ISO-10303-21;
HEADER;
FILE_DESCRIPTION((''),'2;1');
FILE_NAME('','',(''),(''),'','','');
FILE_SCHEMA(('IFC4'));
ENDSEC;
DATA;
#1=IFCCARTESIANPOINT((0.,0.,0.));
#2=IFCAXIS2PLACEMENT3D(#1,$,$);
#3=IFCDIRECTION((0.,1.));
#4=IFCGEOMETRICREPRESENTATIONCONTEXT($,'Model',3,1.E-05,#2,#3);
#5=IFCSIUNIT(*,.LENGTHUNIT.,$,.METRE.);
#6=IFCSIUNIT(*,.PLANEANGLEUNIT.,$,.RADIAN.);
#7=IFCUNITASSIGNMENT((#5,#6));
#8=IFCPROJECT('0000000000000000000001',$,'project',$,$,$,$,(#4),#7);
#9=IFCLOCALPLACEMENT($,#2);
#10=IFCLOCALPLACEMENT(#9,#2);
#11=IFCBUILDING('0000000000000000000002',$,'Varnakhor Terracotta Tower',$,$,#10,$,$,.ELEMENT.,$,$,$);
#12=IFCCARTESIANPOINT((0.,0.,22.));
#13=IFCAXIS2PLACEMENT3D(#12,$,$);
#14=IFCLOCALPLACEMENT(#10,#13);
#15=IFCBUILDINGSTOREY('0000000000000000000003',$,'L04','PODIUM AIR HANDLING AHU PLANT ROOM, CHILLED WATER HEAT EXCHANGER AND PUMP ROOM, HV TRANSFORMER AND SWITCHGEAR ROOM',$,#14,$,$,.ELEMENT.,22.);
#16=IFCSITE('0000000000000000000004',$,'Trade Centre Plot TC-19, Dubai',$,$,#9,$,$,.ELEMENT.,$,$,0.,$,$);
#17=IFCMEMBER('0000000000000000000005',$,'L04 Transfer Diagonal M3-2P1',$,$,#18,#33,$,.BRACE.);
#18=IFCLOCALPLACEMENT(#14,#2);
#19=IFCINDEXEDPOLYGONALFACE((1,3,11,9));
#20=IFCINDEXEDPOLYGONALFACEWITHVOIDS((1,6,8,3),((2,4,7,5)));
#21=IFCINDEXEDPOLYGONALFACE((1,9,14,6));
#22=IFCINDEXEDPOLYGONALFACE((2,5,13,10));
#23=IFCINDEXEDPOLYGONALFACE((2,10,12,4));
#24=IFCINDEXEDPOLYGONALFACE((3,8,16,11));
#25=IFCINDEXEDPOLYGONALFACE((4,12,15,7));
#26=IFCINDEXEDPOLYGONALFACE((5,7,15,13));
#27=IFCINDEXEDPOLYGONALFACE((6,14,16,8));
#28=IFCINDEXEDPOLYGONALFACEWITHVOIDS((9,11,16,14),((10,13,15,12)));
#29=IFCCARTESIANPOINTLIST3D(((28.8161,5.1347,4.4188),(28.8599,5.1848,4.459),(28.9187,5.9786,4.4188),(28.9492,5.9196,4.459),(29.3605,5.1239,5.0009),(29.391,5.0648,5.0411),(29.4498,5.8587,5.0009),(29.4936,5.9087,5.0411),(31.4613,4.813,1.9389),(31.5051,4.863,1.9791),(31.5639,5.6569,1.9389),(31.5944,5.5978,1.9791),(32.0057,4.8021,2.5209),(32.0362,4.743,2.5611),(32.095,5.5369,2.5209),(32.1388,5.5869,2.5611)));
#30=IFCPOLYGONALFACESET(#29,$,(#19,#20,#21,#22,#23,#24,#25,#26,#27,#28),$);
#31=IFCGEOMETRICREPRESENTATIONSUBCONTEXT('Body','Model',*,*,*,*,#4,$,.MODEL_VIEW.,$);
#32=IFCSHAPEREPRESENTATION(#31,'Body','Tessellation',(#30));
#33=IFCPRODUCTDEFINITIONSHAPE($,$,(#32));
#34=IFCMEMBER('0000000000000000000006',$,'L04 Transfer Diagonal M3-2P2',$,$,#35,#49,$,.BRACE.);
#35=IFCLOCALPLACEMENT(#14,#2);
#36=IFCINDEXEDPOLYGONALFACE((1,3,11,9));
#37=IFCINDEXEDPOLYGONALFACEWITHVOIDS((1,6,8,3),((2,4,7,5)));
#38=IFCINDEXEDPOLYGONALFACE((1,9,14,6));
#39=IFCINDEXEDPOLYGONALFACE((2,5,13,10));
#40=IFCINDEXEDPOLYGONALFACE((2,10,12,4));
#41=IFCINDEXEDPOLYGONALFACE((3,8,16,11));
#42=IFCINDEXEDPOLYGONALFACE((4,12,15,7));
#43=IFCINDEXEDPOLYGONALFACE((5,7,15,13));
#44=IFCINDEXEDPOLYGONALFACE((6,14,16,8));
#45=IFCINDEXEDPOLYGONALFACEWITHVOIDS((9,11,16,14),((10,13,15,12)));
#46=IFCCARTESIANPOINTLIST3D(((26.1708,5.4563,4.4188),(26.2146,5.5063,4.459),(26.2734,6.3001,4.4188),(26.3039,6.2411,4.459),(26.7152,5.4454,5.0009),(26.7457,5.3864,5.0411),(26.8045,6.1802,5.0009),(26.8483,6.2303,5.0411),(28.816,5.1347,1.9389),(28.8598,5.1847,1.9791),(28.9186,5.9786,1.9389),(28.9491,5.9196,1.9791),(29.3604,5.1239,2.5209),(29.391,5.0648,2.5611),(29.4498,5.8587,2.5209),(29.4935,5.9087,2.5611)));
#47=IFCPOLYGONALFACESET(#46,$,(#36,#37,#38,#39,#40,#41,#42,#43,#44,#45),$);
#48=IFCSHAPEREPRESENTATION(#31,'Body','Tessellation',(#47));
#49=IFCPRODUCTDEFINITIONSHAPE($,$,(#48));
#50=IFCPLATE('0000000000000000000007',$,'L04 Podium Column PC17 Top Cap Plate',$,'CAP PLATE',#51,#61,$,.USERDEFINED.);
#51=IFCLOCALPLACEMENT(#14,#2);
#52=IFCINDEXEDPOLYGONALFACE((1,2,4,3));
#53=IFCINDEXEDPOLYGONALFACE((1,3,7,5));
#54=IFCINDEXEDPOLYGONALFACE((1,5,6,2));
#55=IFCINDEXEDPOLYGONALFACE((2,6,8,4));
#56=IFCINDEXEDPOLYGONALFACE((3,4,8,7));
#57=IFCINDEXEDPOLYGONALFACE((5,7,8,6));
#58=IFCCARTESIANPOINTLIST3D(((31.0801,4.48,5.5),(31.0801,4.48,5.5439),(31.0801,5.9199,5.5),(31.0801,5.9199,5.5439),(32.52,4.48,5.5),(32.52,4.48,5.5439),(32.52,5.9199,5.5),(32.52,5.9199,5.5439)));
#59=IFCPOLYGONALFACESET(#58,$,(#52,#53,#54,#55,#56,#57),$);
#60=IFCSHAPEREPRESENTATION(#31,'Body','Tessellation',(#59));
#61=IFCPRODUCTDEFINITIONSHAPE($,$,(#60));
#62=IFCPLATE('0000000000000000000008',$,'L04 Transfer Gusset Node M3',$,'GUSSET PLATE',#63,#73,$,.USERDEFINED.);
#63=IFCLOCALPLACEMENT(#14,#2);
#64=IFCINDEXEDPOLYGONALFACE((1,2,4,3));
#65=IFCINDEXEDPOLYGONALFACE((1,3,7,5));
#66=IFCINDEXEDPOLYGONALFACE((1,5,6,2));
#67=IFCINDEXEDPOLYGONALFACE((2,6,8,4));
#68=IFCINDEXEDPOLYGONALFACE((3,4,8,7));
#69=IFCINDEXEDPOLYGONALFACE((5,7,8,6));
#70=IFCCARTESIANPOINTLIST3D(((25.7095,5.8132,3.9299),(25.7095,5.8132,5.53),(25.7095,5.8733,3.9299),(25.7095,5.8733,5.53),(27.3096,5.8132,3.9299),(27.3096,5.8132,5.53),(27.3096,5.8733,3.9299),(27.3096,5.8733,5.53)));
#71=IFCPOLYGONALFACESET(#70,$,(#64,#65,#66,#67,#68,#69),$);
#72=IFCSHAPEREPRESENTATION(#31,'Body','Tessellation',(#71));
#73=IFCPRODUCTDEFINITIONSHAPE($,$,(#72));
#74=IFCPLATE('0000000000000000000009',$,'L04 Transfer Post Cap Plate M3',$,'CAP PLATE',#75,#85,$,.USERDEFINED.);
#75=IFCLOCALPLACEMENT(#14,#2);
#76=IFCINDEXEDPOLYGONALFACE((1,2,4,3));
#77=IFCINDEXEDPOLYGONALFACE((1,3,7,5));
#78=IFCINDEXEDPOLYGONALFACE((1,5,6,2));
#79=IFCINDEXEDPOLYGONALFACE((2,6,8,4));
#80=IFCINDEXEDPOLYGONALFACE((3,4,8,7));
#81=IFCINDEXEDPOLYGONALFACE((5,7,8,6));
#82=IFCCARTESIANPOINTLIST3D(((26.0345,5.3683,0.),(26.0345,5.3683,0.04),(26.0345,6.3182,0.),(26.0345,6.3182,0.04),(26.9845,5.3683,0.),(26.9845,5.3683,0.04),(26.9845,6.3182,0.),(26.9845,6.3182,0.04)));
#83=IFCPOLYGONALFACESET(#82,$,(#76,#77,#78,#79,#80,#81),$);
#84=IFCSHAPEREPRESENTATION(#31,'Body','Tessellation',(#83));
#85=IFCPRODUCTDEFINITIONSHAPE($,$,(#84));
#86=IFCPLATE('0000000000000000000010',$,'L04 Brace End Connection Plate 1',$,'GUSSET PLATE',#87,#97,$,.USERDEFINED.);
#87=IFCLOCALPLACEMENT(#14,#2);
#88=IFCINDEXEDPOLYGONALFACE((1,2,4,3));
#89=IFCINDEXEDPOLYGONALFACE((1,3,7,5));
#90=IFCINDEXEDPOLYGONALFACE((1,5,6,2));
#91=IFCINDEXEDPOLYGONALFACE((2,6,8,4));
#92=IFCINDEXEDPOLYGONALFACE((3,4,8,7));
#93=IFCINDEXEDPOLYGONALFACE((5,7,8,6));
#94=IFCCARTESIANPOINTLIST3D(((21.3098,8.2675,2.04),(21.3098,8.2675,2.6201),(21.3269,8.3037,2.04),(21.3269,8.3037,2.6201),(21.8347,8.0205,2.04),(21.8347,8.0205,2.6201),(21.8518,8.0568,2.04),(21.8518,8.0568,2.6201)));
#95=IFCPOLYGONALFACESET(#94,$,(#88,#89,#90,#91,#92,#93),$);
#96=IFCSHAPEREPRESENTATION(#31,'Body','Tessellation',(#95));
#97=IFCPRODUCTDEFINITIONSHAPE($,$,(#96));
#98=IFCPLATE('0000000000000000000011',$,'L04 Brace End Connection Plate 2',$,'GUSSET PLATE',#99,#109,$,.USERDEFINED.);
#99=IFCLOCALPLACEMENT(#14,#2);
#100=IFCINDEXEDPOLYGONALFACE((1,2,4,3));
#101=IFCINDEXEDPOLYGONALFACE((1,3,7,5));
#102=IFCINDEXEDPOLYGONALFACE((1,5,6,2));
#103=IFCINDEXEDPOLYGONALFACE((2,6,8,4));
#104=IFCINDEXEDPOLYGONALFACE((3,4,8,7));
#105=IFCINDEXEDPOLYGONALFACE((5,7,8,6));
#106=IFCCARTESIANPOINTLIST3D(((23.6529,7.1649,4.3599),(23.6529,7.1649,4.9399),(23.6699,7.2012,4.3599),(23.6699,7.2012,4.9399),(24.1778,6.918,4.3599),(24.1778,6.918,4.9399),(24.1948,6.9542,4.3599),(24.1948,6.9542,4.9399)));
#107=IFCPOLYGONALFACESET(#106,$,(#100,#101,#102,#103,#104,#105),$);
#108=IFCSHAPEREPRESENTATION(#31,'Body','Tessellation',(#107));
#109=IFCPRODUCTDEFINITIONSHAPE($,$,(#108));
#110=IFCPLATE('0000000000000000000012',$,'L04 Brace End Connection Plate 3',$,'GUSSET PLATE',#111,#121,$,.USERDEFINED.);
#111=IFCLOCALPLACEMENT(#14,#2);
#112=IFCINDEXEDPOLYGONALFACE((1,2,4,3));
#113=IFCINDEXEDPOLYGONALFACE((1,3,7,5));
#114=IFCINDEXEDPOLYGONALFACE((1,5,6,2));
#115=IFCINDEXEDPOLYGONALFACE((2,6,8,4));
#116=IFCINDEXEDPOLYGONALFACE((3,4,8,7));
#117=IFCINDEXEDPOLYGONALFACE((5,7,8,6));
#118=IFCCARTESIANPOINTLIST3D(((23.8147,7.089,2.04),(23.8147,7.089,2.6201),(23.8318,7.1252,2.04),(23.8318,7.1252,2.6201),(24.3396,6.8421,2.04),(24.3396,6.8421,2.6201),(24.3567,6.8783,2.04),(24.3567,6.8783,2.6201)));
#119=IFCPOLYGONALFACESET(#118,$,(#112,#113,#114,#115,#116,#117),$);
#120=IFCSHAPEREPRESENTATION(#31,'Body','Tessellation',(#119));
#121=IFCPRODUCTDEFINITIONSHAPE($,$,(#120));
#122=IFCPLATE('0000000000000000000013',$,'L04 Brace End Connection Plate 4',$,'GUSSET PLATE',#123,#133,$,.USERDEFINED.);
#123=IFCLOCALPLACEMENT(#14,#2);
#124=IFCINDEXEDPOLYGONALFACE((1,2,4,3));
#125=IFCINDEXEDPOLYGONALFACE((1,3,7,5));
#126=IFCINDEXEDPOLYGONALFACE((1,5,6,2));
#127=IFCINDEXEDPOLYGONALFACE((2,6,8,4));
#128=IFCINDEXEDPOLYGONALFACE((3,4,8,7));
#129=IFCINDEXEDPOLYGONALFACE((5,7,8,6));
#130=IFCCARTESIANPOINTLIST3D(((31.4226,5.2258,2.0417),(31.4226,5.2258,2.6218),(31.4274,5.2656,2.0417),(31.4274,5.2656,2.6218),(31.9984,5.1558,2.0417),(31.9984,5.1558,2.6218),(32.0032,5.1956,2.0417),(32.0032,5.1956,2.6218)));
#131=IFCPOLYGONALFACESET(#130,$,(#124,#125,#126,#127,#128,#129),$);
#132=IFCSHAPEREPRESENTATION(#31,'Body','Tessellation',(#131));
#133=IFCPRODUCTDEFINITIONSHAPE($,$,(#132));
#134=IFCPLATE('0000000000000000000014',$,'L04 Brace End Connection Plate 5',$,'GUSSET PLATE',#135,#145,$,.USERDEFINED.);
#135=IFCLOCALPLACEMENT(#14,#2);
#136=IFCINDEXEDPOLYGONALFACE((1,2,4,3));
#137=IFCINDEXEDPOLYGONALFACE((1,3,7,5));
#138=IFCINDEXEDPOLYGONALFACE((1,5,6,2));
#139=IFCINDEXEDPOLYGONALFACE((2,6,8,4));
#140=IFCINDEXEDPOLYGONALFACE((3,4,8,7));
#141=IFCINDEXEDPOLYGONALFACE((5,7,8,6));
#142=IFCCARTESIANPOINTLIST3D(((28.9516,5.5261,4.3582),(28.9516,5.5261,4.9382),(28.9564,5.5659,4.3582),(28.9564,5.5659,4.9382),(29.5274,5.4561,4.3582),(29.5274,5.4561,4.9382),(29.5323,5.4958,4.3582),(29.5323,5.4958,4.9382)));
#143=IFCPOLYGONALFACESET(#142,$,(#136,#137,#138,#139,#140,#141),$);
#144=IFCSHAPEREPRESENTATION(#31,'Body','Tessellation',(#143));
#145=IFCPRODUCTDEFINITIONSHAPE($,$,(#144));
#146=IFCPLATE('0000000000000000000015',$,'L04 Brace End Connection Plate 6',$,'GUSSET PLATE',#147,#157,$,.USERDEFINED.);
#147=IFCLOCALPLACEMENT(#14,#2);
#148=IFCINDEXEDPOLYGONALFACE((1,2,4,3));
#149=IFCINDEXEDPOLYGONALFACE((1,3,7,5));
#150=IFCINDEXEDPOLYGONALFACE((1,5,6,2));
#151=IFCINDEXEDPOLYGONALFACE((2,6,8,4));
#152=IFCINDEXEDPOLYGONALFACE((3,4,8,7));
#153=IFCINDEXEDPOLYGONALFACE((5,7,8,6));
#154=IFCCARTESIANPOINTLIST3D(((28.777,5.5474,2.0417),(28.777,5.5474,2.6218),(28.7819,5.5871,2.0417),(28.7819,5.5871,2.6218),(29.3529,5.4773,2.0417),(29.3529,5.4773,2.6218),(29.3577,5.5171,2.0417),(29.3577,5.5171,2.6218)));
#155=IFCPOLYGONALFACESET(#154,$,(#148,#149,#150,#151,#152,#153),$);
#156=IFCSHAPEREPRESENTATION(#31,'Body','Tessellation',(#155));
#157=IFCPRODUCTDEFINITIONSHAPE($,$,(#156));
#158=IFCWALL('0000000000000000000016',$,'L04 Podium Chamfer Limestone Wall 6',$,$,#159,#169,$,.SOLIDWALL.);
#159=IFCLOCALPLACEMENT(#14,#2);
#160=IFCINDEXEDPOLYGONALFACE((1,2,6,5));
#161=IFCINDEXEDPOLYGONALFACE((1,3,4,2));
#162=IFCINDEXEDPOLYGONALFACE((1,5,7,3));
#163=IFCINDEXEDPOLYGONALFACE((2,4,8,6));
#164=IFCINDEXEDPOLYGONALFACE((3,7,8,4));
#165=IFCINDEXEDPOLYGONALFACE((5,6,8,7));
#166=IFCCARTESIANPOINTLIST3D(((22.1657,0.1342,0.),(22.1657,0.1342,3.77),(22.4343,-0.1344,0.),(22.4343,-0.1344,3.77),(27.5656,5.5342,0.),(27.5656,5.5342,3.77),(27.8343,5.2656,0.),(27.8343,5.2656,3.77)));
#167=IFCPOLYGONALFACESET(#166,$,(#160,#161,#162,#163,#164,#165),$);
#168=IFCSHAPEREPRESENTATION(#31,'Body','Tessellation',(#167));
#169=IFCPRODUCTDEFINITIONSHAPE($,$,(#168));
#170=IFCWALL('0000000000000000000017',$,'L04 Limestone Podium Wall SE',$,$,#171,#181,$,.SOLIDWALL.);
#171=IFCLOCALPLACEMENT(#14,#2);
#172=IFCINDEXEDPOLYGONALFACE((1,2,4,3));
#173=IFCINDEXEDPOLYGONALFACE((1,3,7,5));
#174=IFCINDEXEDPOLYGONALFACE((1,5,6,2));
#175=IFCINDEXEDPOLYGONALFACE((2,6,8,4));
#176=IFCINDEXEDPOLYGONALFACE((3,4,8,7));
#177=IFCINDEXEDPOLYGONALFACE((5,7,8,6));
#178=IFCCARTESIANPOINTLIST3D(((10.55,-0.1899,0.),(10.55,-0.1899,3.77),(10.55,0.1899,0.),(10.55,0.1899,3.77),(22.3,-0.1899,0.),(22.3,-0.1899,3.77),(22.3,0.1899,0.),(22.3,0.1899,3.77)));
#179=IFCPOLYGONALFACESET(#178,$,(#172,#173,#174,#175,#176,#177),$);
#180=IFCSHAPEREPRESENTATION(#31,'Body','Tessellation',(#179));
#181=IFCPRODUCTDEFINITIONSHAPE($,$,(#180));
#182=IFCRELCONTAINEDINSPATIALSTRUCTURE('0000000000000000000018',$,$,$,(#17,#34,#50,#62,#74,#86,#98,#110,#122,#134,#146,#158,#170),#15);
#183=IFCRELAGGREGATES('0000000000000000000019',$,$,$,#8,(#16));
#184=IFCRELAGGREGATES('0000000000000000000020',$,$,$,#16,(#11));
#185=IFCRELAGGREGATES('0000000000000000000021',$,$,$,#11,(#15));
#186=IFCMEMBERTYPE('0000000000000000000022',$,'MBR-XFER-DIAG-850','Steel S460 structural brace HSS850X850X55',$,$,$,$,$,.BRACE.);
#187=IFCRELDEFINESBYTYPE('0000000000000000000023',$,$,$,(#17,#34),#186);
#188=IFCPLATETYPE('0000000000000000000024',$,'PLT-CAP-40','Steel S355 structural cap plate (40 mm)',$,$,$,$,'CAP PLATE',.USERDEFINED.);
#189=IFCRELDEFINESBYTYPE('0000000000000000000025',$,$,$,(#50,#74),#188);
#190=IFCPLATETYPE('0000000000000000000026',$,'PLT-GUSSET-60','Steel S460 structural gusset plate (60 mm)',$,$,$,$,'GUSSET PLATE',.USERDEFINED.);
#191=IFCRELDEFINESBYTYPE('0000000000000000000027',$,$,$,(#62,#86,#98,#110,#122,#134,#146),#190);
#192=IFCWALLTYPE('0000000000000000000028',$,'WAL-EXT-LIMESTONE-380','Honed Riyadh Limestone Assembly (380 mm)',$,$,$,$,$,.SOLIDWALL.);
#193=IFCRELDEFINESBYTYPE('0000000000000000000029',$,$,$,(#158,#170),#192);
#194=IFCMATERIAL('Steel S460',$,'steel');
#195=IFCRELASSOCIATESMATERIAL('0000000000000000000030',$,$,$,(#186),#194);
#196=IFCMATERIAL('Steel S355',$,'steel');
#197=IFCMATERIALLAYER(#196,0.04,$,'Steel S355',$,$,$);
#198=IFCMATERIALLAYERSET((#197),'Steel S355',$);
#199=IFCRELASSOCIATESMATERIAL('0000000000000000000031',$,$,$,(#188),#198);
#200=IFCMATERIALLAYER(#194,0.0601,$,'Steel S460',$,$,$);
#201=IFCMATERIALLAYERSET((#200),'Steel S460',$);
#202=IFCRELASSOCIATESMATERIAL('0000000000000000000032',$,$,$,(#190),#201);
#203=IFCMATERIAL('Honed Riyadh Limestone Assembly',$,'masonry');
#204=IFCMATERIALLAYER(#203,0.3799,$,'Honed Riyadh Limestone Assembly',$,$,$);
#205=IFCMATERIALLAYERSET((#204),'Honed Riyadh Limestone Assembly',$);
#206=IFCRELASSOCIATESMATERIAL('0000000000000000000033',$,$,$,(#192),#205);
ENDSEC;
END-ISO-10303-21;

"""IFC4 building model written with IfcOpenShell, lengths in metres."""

from ifc_helpers import new_model, si_unit, direction, frame, frame_2d, origin, origin_2d, place, context, subcontext, project, spatial, rectangle, hollow_rectangle, extrude, source, transform, mapped, material, layer, layer_set, material_profile, profile_set, type_object, type_shapes, element, save


model = new_model("IFC4")

# Units and contexts
model_context = context("Model", 3, precision=1e-05, world=origin(), true_north=direction((0.0, 1.0)))
body_context = subcontext(model_context, "Body", "Model", "MODEL_VIEW")
ifc_project = project(units=[si_unit("LENGTHUNIT", "METRE"), si_unit("PLANEANGLEUNIT", "RADIAN")], contexts=[model_context])

# Site, building, storey
site_placement = place(None, origin())
site = spatial("IfcSite", under=ifc_project, at=site_placement, Name="Trade Centre Plot TC-19, Dubai", CompositionType="ELEMENT", RefElevation=0.0)
building_placement = place(site_placement, origin())
building = spatial("IfcBuilding", under=site, at=building_placement, Name="Varnakhor Terracotta Tower", CompositionType="ELEMENT")
storey_placement = place(building_placement, frame((0.0, 0.0, 22.0)))
storey = spatial("IfcBuildingStorey", under=building, at=storey_placement, Name="L04", Description="PODIUM AIR HANDLING AHU PLANT ROOM, CHILLED WATER HEAT EXCHANGER AND PUMP ROOM, HV TRANSFORMER AND SWITCHGEAR ROOM", CompositionType="ELEMENT", Elevation=22.0)

# Shared definitions
ifc_material_1 = material(Name="Steel S460", Category="steel")

# Shared definitions
ifc_material_2 = material(Name="Steel S355", Category="steel")

# Shared definitions
ifc_material_profile_1 = material_profile(ifc_material_1, hollow_rectangle(XDim=0.8501, YDim=0.8501, WallThickness=0.0549, at=origin_2d()), Name="HSS850X850X55")
ifc_profile_set_1 = profile_set([ifc_material_profile_1], Name="Steel S460")
member_type_1 = type_object("IfcMemberType", Name="MBR-XFER-DIAG-850", Description="Steel S460 structural brace HSS850X850X55", PredefinedType="BRACE", material=ifc_profile_set_1)

# Members
shared_shape_1 = source(origin(), body_context, "Body", "SweptSolid", [
    extrude(hollow_rectangle(XDim=0.8501, YDim=0.8501, WallThickness=0.0549, at=origin_2d()), origin(), (0.0, 0.0, 1.0), 3.6401),
])
for number, where, z_axis, x_axis, name in (
    (1, (31.8, 5.2, 2.25), (-0.726675, 0.088395, 0.681271), (-0.120753, -0.992683, 0.0), "L04 Transfer Diagonal M3-2P1"),
    (2, (29.1548, 5.5217, 2.25), (-0.726679, 0.088328, 0.681275), (-0.120662, -0.992694, 0.0), "L04 Transfer Diagonal M3-2P2"),
):
    element("IfcMember", number, at=place(storey_placement, frame(where, z_axis=z_axis, x_axis=x_axis)), inside=storey, type_object=member_type_1, Name=name, PredefinedType="BRACE", context=body_context, shape_type="MappedRepresentation", body=[
        mapped(shared_shape_1, transform((0.0, 0.0, 0.0), scale=1.0)),
    ])

# Plates
ifc_layer_1 = layer(ifc_material_2, 0.04, Name="Steel S355")
ifc_layer_set_1 = layer_set([ifc_layer_1], Name="Steel S355")
plate_type_1 = type_object("IfcPlateType", Name="PLT-CAP-40", Description="Steel S355 structural cap plate (40 mm)", ElementType="CAP PLATE", PredefinedType="USERDEFINED", material=ifc_layer_set_1)
shared_shape_2 = source(origin(), body_context, "Body", "SweptSolid", [
    extrude(rectangle(XDim=1.4399, YDim=1.4399, at=origin_2d()), origin(), (0.0, 0.0, 1.0), 0.0439),
])
type_shapes(plate_type_1, [shared_shape_2])
plate_1_placement = place(storey_placement, frame((31.8, 5.2, 5.5), z_axis=(0.0, 0.0, 1.0), x_axis=(1.0, 0.0, 0.0)))
element("IfcPlate", 3, at=plate_1_placement, inside=storey, type_object=plate_type_1, Name="L04 Podium Column PC17 Top Cap Plate", ObjectType="CAP PLATE", PredefinedType="USERDEFINED", context=body_context, shape_type="MappedRepresentation", body=[
    mapped(shared_shape_2, transform((0.0, 0.0, 0.0), scale=1.0)),
])
ifc_layer_2 = layer(ifc_material_1, 0.0601, Name="Steel S460")
ifc_layer_set_2 = layer_set([ifc_layer_2], Name="Steel S460")
plate_type_2 = type_object("IfcPlateType", Name="PLT-GUSSET-60", Description="Steel S460 structural gusset plate (60 mm)", ElementType="GUSSET PLATE", PredefinedType="USERDEFINED", material=ifc_layer_set_2)
shared_shape_3 = source(origin(), body_context, "Body", "SweptSolid", [
    extrude(rectangle(XDim=1.6001, YDim=0.0601, at=origin_2d()), origin(), (0.0, 0.0, 1.0), 1.6001),
])
type_shapes(plate_type_2, [shared_shape_3])
plate_2_placement = place(storey_placement, frame((26.5095, 5.8433, 3.9299), z_axis=(0.0, 0.0, 1.0), x_axis=(1.0, 0.0, 0.0)))
element("IfcPlate", 4, at=plate_2_placement, inside=storey, type_object=plate_type_2, Name="L04 Transfer Gusset Node M3", ObjectType="GUSSET PLATE", PredefinedType="USERDEFINED", context=body_context, shape_type="MappedRepresentation", body=[
    mapped(shared_shape_3, transform((0.0, 0.0, 0.0), scale=1.0)),
])
shared_shape_4 = source(origin(), body_context, "Body", "SweptSolid", [
    extrude(rectangle(XDim=0.95, YDim=0.95, at=origin_2d()), origin(), (0.0, 0.0, 1.0), 0.04),
])
plate_3_placement = place(storey_placement, frame((26.5095, 5.8433, 0.0), z_axis=(0.0, 0.0, 1.0), x_axis=(1.0, 0.0, 0.0)))
element("IfcPlate", 5, at=plate_3_placement, inside=storey, type_object=plate_type_1, Name="L04 Transfer Post Cap Plate M3", ObjectType="CAP PLATE", PredefinedType="USERDEFINED", context=body_context, shape_type="MappedRepresentation", body=[
    mapped(shared_shape_4, transform((0.0, 0.0, 0.0), scale=1.0)),
])
shared_shape_5 = source(origin(), body_context, "Body", "SweptSolid", [
    extrude(rectangle(XDim=0.5801, YDim=0.04, at=origin_2d()), origin(), (0.0, 0.0, 1.0), 0.5801),
])
for number, where, z_axis, x_axis, name in (
    (6, (21.5808, 8.1621, 2.04), (0.0, 0.0, 1.0), (0.904864, -0.4257, 0.0), "L04 Brace End Connection Plate 1"),
    (7, (23.9238, 7.0596, 4.3599), (0.0, 0.0, 1.0), (0.904864, -0.4257, 0.0), "L04 Brace End Connection Plate 2"),
    (8, (24.0857, 6.9836, 2.04), (0.0, 0.0, 1.0), (0.904872, -0.425685, 0.0), "L04 Brace End Connection Plate 3"),
    (9, (31.7129, 5.2107, 2.0417), (0.0, 0.0, 1.0), (-0.992686, 0.120726, 0.0), "L04 Brace End Connection Plate 4"),
    (10, (29.2419, 5.511, 4.3582), (0.0, 0.0, 1.0), (-0.992686, 0.120726, 0.0), "L04 Brace End Connection Plate 5"),
    (11, (29.0674, 5.5322, 2.0417), (0.0, 0.0, 1.0), (-0.99269, 0.120691, 0.0), "L04 Brace End Connection Plate 6"),
):
    element("IfcPlate", number, at=place(storey_placement, frame(where, z_axis=z_axis, x_axis=x_axis)), inside=storey, type_object=plate_type_2, Name=name, ObjectType="GUSSET PLATE", PredefinedType="USERDEFINED", context=body_context, shape_type="MappedRepresentation", body=[
        mapped(shared_shape_5, transform((0.0, 0.0, 0.0), scale=1.0)),
    ])

# Walls
ifc_material_3 = material(Name="Honed Riyadh Limestone Assembly", Category="masonry")
ifc_layer_3 = layer(ifc_material_3, 0.3799, Name="Honed Riyadh Limestone Assembly")
ifc_layer_set_3 = layer_set([ifc_layer_3], Name="Honed Riyadh Limestone Assembly")
wall_type = type_object("IfcWallType", Name="WAL-EXT-LIMESTONE-380", Description="Honed Riyadh Limestone Assembly (380 mm)", PredefinedType="SOLIDWALL", material=ifc_layer_set_3)
wall_1_placement = place(storey_placement, frame((27.7, 5.3999, 0.0), z_axis=(0.0, 0.0, 1.0), x_axis=(-0.707107, -0.707107, 0.0)))
element("IfcWall", 12, at=wall_1_placement, inside=storey, type_object=wall_type, Name="L04 Podium Chamfer Limestone Wall 6", PredefinedType="SOLIDWALL", context=body_context, shape_type="SweptSolid", body=[
    extrude(rectangle(XDim=7.6367, YDim=0.3799, at=frame_2d((3.8184, 0.0))), origin(), (0.0, 0.0, 1.0), 3.77),
])
wall_2_placement = place(storey_placement, frame((22.3, 0.0, 0.0), z_axis=(0.0, 0.0, 1.0), x_axis=(-1.0, 0.0, 0.0)))
element("IfcWall", 13, at=wall_2_placement, inside=storey, type_object=wall_type, Name="L04 Limestone Podium Wall SE", PredefinedType="SOLIDWALL", context=body_context, shape_type="SweptSolid", body=[
    extrude(rectangle(XDim=11.75, YDim=0.3799, at=frame_2d((5.875, 0.0))), origin(), (0.0, 0.0, 1.0), 3.77),
])

save(model, "model.ifc")
